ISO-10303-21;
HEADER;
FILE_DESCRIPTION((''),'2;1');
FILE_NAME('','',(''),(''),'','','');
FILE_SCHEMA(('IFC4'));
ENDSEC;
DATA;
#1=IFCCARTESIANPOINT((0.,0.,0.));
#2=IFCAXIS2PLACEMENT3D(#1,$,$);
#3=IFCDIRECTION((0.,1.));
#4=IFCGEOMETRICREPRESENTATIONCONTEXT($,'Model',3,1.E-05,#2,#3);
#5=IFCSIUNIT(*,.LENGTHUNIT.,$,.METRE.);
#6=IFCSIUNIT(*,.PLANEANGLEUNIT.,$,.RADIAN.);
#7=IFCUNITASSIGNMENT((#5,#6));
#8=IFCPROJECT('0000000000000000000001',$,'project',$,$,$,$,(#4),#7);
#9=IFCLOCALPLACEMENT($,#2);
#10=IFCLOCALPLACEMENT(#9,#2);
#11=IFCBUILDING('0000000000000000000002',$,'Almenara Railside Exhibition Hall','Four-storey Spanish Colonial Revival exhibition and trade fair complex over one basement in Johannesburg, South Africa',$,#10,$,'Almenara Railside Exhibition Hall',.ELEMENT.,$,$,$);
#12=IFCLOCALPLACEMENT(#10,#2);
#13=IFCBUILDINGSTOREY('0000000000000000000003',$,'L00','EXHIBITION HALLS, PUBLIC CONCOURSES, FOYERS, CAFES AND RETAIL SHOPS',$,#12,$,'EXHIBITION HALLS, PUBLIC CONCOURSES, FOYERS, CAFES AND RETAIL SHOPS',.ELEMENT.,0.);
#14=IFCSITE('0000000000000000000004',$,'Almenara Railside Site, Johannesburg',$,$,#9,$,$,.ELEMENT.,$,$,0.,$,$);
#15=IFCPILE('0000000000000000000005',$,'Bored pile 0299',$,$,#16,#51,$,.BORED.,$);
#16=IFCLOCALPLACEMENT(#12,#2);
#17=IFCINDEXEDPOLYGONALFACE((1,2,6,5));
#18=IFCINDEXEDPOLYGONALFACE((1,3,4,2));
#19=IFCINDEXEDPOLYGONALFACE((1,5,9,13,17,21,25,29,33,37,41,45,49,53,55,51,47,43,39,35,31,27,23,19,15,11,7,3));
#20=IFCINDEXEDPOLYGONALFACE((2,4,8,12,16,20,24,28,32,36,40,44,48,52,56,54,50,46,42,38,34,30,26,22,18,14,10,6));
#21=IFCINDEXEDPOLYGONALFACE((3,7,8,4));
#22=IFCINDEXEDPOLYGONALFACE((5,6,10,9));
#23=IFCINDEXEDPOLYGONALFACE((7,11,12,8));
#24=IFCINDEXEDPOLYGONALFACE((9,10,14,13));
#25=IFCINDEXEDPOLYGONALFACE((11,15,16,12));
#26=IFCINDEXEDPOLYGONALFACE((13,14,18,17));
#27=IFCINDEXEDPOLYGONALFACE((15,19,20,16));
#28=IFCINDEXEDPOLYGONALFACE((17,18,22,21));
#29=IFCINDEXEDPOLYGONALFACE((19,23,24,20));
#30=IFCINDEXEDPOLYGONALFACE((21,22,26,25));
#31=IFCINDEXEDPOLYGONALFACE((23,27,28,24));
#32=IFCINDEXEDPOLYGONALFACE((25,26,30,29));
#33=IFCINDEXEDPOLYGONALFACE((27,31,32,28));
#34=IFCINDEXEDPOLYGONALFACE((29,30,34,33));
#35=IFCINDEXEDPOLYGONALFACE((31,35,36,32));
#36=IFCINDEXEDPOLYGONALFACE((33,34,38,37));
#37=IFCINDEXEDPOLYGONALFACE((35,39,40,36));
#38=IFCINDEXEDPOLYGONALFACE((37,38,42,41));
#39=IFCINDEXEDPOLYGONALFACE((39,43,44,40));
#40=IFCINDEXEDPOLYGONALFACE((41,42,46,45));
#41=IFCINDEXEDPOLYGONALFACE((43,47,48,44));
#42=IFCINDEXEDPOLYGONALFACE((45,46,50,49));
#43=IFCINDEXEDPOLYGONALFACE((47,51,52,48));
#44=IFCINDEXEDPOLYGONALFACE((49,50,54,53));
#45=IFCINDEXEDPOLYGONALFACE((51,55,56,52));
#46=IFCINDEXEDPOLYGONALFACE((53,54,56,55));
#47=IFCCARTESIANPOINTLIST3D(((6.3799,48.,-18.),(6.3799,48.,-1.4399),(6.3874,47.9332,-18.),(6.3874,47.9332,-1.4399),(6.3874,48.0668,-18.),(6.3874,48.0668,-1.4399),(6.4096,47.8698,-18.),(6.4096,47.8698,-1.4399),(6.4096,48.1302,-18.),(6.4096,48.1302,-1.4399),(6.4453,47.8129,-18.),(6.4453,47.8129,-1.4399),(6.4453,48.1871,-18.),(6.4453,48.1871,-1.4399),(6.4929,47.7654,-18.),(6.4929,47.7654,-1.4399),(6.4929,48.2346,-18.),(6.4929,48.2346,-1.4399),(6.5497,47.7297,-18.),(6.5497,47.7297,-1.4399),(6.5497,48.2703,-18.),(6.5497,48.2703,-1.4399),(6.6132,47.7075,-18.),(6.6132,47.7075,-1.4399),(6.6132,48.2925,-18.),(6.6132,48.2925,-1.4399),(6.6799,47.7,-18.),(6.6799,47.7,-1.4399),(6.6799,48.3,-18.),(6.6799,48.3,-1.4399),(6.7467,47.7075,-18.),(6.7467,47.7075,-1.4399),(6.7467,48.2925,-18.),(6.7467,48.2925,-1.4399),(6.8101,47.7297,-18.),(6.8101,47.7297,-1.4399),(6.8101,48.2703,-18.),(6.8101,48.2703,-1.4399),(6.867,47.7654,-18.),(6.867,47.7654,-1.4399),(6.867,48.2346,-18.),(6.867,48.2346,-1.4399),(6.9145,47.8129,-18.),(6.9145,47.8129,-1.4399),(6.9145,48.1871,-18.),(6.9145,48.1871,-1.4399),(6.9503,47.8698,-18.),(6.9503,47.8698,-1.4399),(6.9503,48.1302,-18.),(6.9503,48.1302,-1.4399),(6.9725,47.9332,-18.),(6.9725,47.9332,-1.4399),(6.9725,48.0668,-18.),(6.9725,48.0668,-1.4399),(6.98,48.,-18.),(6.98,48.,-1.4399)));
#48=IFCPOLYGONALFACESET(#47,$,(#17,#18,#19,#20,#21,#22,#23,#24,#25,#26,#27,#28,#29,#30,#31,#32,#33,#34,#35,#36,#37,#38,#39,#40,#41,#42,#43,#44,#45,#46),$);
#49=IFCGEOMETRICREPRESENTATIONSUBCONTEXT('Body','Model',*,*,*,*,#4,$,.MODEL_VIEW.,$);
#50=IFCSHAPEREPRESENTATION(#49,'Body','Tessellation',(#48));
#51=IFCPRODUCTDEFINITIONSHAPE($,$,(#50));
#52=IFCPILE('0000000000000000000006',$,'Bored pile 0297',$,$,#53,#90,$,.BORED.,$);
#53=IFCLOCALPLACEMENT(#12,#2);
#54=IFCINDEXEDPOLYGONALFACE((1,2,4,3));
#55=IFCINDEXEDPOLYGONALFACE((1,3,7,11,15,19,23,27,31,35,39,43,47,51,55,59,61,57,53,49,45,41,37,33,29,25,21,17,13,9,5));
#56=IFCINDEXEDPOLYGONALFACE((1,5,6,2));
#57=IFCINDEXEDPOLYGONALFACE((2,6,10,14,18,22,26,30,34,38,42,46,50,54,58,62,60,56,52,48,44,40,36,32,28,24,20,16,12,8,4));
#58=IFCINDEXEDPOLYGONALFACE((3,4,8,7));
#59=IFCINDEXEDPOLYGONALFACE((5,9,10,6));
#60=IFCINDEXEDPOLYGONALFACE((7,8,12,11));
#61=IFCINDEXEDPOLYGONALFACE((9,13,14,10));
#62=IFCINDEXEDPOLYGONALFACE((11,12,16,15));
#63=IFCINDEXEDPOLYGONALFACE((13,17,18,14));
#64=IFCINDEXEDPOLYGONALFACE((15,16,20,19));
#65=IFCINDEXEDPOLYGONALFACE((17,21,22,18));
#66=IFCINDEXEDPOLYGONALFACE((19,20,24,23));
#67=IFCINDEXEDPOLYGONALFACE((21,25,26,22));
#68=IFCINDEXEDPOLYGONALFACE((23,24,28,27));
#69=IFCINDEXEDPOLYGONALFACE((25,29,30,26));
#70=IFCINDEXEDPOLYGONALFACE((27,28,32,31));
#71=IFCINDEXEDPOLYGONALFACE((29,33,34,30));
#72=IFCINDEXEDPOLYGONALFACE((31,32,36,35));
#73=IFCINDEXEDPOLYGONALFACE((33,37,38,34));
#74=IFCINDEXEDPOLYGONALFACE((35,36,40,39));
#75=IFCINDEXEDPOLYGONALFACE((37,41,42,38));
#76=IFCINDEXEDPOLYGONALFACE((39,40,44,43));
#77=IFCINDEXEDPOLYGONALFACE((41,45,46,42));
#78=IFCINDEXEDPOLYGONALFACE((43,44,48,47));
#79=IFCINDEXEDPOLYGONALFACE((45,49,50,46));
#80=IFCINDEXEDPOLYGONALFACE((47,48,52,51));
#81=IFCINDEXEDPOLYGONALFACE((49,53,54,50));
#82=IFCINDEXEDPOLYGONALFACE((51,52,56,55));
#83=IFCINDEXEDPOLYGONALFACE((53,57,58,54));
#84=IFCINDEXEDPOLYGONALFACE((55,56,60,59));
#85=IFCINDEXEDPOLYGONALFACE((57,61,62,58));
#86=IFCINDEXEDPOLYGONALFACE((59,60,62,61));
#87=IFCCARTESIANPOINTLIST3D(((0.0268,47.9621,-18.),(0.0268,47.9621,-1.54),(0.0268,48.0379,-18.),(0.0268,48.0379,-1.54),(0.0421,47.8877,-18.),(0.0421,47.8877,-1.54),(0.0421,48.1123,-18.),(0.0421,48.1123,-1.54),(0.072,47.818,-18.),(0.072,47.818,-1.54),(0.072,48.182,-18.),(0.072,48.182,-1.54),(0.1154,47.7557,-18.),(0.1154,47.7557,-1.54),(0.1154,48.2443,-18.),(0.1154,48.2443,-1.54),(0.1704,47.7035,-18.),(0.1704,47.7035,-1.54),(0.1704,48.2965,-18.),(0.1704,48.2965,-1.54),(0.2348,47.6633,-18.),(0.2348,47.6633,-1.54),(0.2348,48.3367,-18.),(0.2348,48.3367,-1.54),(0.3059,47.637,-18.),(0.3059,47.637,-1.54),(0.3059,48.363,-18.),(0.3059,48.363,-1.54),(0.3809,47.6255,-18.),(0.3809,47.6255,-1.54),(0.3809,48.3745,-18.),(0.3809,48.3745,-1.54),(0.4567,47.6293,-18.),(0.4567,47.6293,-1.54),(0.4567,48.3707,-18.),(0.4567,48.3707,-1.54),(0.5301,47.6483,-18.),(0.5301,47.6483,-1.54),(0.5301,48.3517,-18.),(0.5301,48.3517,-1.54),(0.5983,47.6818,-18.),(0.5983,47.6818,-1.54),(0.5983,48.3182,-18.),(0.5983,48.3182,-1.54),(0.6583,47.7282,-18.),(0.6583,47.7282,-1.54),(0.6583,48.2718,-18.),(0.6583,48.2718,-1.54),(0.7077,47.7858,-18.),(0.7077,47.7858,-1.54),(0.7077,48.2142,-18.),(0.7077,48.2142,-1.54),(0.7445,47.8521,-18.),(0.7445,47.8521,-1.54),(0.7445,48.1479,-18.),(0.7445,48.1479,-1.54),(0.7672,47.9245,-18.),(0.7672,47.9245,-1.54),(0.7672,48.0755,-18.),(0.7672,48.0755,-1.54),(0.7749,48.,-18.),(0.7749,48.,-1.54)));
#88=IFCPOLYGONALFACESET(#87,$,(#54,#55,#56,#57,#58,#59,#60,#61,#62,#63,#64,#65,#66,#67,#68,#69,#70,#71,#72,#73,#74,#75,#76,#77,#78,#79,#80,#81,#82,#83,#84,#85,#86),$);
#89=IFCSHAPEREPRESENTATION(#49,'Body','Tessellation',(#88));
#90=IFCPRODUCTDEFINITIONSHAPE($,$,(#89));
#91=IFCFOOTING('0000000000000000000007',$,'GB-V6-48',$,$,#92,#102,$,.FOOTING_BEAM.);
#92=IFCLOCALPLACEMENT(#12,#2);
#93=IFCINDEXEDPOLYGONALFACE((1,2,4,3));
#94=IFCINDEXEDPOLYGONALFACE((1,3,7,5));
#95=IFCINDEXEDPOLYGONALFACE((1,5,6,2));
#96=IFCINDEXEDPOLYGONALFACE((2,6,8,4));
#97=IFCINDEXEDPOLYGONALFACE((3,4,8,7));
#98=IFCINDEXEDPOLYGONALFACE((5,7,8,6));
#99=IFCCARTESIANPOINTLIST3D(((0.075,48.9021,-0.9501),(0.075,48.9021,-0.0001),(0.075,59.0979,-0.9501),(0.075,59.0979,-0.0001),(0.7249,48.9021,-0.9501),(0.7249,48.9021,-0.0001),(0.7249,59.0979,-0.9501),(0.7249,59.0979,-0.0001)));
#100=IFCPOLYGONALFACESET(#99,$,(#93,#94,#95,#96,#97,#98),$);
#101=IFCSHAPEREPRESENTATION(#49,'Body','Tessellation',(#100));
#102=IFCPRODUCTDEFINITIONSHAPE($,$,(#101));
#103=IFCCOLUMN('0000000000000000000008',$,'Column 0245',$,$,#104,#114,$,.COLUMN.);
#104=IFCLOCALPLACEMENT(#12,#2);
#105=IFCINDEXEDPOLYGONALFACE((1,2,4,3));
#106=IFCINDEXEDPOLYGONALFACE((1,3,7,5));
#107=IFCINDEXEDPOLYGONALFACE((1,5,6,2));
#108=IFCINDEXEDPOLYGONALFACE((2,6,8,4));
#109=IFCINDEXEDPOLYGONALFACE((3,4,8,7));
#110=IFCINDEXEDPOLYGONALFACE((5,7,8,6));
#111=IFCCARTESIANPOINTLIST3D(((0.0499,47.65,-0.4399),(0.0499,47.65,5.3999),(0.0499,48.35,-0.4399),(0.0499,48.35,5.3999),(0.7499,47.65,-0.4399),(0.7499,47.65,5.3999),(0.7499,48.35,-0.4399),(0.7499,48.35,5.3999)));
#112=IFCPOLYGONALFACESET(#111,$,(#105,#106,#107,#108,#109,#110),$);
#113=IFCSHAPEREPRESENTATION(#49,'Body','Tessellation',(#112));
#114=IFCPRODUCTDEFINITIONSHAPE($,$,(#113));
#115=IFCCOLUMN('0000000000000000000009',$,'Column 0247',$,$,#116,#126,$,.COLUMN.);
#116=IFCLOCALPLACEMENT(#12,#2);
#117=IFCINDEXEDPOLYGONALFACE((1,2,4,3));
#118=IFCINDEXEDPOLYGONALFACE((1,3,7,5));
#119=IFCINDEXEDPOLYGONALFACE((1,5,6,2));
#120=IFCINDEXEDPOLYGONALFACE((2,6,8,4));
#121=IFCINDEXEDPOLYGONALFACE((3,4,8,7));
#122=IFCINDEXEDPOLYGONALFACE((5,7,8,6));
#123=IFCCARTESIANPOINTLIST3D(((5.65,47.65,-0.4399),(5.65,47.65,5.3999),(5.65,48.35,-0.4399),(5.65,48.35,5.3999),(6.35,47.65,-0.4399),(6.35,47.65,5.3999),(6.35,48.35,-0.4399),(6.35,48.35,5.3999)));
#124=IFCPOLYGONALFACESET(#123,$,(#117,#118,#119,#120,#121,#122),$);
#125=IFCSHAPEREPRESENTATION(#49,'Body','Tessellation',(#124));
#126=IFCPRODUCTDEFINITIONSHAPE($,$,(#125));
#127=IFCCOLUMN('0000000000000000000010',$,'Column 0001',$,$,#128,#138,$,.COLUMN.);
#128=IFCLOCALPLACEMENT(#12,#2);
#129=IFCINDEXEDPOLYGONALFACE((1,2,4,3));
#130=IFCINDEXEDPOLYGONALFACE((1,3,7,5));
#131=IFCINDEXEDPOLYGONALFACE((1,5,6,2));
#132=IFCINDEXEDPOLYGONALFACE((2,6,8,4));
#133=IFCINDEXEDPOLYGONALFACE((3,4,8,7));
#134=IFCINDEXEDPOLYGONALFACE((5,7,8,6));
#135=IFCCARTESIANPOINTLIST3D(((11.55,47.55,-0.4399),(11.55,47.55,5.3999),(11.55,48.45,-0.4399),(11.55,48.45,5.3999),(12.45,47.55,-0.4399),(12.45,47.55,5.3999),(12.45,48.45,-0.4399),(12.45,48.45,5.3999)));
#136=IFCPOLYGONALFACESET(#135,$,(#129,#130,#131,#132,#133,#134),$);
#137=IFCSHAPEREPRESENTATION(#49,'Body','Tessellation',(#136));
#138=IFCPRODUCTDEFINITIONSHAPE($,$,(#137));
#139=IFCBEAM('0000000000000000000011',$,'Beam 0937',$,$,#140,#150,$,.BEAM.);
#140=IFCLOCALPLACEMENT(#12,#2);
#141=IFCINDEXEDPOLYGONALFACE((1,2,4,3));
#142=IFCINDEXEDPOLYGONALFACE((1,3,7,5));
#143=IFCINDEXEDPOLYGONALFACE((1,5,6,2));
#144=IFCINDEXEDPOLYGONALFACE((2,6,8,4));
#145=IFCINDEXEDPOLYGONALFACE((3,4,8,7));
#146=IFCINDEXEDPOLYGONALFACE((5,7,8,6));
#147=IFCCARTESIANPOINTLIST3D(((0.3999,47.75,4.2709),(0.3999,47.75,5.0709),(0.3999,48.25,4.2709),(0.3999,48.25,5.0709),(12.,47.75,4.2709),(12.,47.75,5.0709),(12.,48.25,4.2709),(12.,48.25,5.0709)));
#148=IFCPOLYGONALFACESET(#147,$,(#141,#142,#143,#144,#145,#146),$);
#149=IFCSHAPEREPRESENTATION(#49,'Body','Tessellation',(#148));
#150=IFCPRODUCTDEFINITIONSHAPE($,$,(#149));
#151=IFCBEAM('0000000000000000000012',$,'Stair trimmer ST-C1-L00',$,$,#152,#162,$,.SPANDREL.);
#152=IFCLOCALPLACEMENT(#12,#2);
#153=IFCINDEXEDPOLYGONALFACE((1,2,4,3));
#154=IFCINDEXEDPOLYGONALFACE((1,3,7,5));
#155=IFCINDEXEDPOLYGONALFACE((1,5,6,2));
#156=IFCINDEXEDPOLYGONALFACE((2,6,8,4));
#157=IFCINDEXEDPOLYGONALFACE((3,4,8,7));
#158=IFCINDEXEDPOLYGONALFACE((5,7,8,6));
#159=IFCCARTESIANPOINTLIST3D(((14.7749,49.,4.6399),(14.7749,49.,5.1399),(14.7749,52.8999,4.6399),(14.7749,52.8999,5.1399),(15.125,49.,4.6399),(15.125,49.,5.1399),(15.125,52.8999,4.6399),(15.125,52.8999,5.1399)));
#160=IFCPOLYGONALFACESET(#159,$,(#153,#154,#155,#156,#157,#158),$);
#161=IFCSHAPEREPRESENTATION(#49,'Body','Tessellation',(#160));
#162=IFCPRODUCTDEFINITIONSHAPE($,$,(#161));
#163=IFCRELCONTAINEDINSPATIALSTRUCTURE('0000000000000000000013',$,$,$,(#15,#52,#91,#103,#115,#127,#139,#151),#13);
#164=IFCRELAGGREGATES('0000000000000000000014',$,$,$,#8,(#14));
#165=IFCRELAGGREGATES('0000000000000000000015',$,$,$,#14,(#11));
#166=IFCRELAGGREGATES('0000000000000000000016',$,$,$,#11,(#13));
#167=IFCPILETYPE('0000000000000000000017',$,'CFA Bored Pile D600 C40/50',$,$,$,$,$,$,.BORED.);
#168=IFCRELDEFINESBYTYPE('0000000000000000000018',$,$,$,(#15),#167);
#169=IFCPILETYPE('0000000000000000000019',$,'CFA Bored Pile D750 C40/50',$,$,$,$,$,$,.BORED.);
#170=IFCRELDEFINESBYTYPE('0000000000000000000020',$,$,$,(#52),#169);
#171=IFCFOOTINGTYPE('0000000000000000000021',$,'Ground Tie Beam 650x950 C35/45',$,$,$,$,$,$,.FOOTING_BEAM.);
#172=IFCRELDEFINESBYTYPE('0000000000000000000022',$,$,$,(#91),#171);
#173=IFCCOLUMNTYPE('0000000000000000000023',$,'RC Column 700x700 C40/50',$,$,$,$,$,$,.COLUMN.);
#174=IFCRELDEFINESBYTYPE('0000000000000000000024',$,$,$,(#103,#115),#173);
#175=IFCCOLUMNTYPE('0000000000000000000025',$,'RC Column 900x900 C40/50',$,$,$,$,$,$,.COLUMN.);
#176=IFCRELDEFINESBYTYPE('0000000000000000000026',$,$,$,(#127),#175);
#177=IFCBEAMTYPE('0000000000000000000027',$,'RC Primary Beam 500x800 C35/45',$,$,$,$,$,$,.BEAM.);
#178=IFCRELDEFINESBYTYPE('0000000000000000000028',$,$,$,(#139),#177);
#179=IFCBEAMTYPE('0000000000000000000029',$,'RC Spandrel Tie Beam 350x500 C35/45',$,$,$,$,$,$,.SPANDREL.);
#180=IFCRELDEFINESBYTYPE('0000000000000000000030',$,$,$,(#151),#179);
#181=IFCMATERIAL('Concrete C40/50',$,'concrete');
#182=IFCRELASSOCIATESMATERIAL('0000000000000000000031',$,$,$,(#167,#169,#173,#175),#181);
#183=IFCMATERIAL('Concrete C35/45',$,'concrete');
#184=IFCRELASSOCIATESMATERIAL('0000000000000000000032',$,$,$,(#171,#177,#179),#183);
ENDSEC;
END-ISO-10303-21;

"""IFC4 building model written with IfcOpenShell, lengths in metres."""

from ifc_helpers import new_model, si_unit, direction, frame, origin, origin_2d, place, context, subcontext, project, spatial, rectangle, circle, extrude, material, material_profile, profile_set, type_object, element, save


model = new_model("IFC4")

# Units and contexts
model_context = context("Model", 3, precision=1e-05, world=origin(), true_north=direction((0.0, 1.0)))
body_context = subcontext(model_context, "Body", "Model", "MODEL_VIEW")
ifc_project = project(units=[si_unit("LENGTHUNIT", "METRE"), si_unit("PLANEANGLEUNIT", "RADIAN")], contexts=[model_context])

# Site, building, storey
site_placement = place(None, origin())
site = spatial("IfcSite", under=ifc_project, at=site_placement, Name="Almenara Railside Site, Johannesburg", CompositionType="ELEMENT", RefElevation=0.0)
building_placement = place(site_placement, origin())
building = spatial("IfcBuilding", under=site, at=building_placement, Name="Almenara Railside Exhibition Hall", Description="Four-storey Spanish Colonial Revival exhibition and trade fair complex over one basement in Johannesburg, South Africa", LongName="Almenara Railside Exhibition Hall", CompositionType="ELEMENT")
storey_placement = place(building_placement, origin())
storey = spatial("IfcBuildingStorey", under=building, at=storey_placement, Name="L00", Description="EXHIBITION HALLS, PUBLIC CONCOURSES, FOYERS, CAFES AND RETAIL SHOPS", LongName="EXHIBITION HALLS, PUBLIC CONCOURSES, FOYERS, CAFES AND RETAIL SHOPS", CompositionType="ELEMENT", Elevation=0.0)

# Piles
ifc_material_1 = material(Name="Concrete C40/50", Category="concrete")
ifc_material_profile_1 = material_profile(ifc_material_1, circle(Radius=0.3, at=origin_2d()), Name="CFA-PILE D600")
ifc_profile_set_1 = profile_set([ifc_material_profile_1], Name="Concrete C40/50")
pile_type_1 = type_object("IfcPileType", Name="CFA Bored Pile D600 C40/50", PredefinedType="BORED", material=ifc_profile_set_1)
for number, where, z_axis, x_axis, name in (
    (1, (6.6799, 48.0, -1.4399), (0.0, 0.0, -1.0), (1.0, 0.0, 0.0), "Bored pile 0299"),
):
    element("IfcPile", number, at=place(storey_placement, frame(where, z_axis=z_axis, x_axis=x_axis)), inside=storey, type_object=pile_type_1, Name=name, PredefinedType="BORED", context=body_context, shape_type="SweptSolid", body=[
        extrude(circle(Radius=0.3, at=origin_2d()), origin(), (0.0, 0.0, 1.0), 16.5601),
    ])
ifc_material_profile_2 = material_profile(ifc_material_1, circle(Radius=0.375, at=origin_2d()), Name="CFA-PILE D750")
ifc_profile_set_2 = profile_set([ifc_material_profile_2], Name="Concrete C40/50")
pile_type_2 = type_object("IfcPileType", Name="CFA Bored Pile D750 C40/50", PredefinedType="BORED", material=ifc_profile_set_2)
pile_placement = place(storey_placement, frame((0.3999, 48.0, -1.54), z_axis=(0.0, 0.0, -1.0), x_axis=(1.0, 0.0, 0.0)))
element("IfcPile", 2, at=pile_placement, inside=storey, type_object=pile_type_2, Name="Bored pile 0297", PredefinedType="BORED", context=body_context, shape_type="SweptSolid", body=[
    extrude(circle(Radius=0.375, at=origin_2d()), origin(), (0.0, 0.0, 1.0), 16.46),
])

# Footing
ifc_material_2 = material(Name="Concrete C35/45", Category="concrete")
ifc_material_profile_3 = material_profile(ifc_material_2, rectangle(XDim=0.6499, YDim=0.95, at=origin_2d()), Name="RC-GB 650x950")
ifc_profile_set_3 = profile_set([ifc_material_profile_3], Name="Concrete C35/45")
footing_type = type_object("IfcFootingType", Name="Ground Tie Beam 650x950 C35/45", PredefinedType="FOOTING_BEAM", material=ifc_profile_set_3)
footing_placement = place(storey_placement, frame((0.3999, 48.9021, -0.4751), z_axis=(0.0, 1.0, 0.0), x_axis=(-1.0, 0.0, 0.0)))
element("IfcFooting", 3, at=footing_placement, inside=storey, type_object=footing_type, Name="GB-V6-48", PredefinedType="FOOTING_BEAM", context=body_context, shape_type="SweptSolid", body=[
    extrude(rectangle(XDim=0.6499, YDim=0.95, at=origin_2d()), origin(), (0.0, 0.0, 1.0), 10.1958),
])

# Columns
ifc_material_profile_4 = material_profile(ifc_material_1, rectangle(XDim=0.7, YDim=0.7, at=origin_2d()), Name="RC 700x700")
ifc_profile_set_4 = profile_set([ifc_material_profile_4], Name="Concrete C40/50")
column_type_1 = type_object("IfcColumnType", Name="RC Column 700x700 C40/50", PredefinedType="COLUMN", material=ifc_profile_set_4)
for number, where, z_axis, x_axis, name in (
    (4, (0.3999, 48.0, -0.4399), (0.0, 0.0, 1.0), (1.0, 0.0, 0.0), "Column 0245"),
    (5, (6.0, 48.0, -0.4399), (0.0, 0.0, 1.0), (1.0, 0.0, 0.0), "Column 0247"),
):
    element("IfcColumn", number, at=place(storey_placement, frame(where, z_axis=z_axis, x_axis=x_axis)), inside=storey, type_object=column_type_1, Name=name, PredefinedType="COLUMN", context=body_context, shape_type="SweptSolid", body=[
        extrude(rectangle(XDim=0.7, YDim=0.7, at=origin_2d()), origin(), (0.0, 0.0, 1.0), 5.8398),
    ])
ifc_material_profile_5 = material_profile(ifc_material_1, rectangle(XDim=0.8999, YDim=0.8999, at=origin_2d()), Name="RC 900x900")
ifc_profile_set_5 = profile_set([ifc_material_profile_5], Name="Concrete C40/50")
column_type_2 = type_object("IfcColumnType", Name="RC Column 900x900 C40/50", PredefinedType="COLUMN", material=ifc_profile_set_5)
column_placement = place(storey_placement, frame((12.0, 48.0, -0.4399), z_axis=(0.0, 0.0, 1.0), x_axis=(1.0, 0.0, 0.0)))
element("IfcColumn", 6, at=column_placement, inside=storey, type_object=column_type_2, Name="Column 0001", PredefinedType="COLUMN", context=body_context, shape_type="SweptSolid", body=[
    extrude(rectangle(XDim=0.8999, YDim=0.8999, at=origin_2d()), origin(), (0.0, 0.0, 1.0), 5.8398),
])

# Beams
ifc_material_profile_6 = material_profile(ifc_material_2, rectangle(XDim=0.5, YDim=0.8, at=origin_2d()), Name="RC 500x800")
ifc_profile_set_6 = profile_set([ifc_material_profile_6], Name="Concrete C35/45")
beam_type_1 = type_object("IfcBeamType", Name="RC Primary Beam 500x800 C35/45", PredefinedType="BEAM", material=ifc_profile_set_6)
beam_1_placement = place(storey_placement, frame((0.3999, 48.0, 4.6709), z_axis=(1.0, 0.0, 0.0), x_axis=(0.0, 1.0, 0.0)))
element("IfcBeam", 7, at=beam_1_placement, inside=storey, type_object=beam_type_1, Name="Beam 0937", PredefinedType="BEAM", context=body_context, shape_type="SweptSolid", body=[
    extrude(rectangle(XDim=0.5, YDim=0.8, at=origin_2d()), origin(), (0.0, 0.0, 1.0), 11.6001),
])
ifc_material_profile_7 = material_profile(ifc_material_2, rectangle(XDim=0.3501, YDim=0.5, at=origin_2d()), Name="RC 350x500")
ifc_profile_set_7 = profile_set([ifc_material_profile_7], Name="Concrete C35/45")
beam_type_2 = type_object("IfcBeamType", Name="RC Spandrel Tie Beam 350x500 C35/45", PredefinedType="SPANDREL", material=ifc_profile_set_7)
beam_2_placement = place(storey_placement, frame((14.95, 49.0, 4.8899), z_axis=(0.0, 1.0, 0.0), x_axis=(-1.0, 0.0, 0.0)))
element("IfcBeam", 8, at=beam_2_placement, inside=storey, type_object=beam_type_2, Name="Stair trimmer ST-C1-L00", PredefinedType="SPANDREL", context=body_context, shape_type="SweptSolid", body=[
    extrude(rectangle(XDim=0.3501, YDim=0.5, at=origin_2d()), origin(), (0.0, 0.0, 1.0), 3.8999),
])

save(model, "model.ifc")
